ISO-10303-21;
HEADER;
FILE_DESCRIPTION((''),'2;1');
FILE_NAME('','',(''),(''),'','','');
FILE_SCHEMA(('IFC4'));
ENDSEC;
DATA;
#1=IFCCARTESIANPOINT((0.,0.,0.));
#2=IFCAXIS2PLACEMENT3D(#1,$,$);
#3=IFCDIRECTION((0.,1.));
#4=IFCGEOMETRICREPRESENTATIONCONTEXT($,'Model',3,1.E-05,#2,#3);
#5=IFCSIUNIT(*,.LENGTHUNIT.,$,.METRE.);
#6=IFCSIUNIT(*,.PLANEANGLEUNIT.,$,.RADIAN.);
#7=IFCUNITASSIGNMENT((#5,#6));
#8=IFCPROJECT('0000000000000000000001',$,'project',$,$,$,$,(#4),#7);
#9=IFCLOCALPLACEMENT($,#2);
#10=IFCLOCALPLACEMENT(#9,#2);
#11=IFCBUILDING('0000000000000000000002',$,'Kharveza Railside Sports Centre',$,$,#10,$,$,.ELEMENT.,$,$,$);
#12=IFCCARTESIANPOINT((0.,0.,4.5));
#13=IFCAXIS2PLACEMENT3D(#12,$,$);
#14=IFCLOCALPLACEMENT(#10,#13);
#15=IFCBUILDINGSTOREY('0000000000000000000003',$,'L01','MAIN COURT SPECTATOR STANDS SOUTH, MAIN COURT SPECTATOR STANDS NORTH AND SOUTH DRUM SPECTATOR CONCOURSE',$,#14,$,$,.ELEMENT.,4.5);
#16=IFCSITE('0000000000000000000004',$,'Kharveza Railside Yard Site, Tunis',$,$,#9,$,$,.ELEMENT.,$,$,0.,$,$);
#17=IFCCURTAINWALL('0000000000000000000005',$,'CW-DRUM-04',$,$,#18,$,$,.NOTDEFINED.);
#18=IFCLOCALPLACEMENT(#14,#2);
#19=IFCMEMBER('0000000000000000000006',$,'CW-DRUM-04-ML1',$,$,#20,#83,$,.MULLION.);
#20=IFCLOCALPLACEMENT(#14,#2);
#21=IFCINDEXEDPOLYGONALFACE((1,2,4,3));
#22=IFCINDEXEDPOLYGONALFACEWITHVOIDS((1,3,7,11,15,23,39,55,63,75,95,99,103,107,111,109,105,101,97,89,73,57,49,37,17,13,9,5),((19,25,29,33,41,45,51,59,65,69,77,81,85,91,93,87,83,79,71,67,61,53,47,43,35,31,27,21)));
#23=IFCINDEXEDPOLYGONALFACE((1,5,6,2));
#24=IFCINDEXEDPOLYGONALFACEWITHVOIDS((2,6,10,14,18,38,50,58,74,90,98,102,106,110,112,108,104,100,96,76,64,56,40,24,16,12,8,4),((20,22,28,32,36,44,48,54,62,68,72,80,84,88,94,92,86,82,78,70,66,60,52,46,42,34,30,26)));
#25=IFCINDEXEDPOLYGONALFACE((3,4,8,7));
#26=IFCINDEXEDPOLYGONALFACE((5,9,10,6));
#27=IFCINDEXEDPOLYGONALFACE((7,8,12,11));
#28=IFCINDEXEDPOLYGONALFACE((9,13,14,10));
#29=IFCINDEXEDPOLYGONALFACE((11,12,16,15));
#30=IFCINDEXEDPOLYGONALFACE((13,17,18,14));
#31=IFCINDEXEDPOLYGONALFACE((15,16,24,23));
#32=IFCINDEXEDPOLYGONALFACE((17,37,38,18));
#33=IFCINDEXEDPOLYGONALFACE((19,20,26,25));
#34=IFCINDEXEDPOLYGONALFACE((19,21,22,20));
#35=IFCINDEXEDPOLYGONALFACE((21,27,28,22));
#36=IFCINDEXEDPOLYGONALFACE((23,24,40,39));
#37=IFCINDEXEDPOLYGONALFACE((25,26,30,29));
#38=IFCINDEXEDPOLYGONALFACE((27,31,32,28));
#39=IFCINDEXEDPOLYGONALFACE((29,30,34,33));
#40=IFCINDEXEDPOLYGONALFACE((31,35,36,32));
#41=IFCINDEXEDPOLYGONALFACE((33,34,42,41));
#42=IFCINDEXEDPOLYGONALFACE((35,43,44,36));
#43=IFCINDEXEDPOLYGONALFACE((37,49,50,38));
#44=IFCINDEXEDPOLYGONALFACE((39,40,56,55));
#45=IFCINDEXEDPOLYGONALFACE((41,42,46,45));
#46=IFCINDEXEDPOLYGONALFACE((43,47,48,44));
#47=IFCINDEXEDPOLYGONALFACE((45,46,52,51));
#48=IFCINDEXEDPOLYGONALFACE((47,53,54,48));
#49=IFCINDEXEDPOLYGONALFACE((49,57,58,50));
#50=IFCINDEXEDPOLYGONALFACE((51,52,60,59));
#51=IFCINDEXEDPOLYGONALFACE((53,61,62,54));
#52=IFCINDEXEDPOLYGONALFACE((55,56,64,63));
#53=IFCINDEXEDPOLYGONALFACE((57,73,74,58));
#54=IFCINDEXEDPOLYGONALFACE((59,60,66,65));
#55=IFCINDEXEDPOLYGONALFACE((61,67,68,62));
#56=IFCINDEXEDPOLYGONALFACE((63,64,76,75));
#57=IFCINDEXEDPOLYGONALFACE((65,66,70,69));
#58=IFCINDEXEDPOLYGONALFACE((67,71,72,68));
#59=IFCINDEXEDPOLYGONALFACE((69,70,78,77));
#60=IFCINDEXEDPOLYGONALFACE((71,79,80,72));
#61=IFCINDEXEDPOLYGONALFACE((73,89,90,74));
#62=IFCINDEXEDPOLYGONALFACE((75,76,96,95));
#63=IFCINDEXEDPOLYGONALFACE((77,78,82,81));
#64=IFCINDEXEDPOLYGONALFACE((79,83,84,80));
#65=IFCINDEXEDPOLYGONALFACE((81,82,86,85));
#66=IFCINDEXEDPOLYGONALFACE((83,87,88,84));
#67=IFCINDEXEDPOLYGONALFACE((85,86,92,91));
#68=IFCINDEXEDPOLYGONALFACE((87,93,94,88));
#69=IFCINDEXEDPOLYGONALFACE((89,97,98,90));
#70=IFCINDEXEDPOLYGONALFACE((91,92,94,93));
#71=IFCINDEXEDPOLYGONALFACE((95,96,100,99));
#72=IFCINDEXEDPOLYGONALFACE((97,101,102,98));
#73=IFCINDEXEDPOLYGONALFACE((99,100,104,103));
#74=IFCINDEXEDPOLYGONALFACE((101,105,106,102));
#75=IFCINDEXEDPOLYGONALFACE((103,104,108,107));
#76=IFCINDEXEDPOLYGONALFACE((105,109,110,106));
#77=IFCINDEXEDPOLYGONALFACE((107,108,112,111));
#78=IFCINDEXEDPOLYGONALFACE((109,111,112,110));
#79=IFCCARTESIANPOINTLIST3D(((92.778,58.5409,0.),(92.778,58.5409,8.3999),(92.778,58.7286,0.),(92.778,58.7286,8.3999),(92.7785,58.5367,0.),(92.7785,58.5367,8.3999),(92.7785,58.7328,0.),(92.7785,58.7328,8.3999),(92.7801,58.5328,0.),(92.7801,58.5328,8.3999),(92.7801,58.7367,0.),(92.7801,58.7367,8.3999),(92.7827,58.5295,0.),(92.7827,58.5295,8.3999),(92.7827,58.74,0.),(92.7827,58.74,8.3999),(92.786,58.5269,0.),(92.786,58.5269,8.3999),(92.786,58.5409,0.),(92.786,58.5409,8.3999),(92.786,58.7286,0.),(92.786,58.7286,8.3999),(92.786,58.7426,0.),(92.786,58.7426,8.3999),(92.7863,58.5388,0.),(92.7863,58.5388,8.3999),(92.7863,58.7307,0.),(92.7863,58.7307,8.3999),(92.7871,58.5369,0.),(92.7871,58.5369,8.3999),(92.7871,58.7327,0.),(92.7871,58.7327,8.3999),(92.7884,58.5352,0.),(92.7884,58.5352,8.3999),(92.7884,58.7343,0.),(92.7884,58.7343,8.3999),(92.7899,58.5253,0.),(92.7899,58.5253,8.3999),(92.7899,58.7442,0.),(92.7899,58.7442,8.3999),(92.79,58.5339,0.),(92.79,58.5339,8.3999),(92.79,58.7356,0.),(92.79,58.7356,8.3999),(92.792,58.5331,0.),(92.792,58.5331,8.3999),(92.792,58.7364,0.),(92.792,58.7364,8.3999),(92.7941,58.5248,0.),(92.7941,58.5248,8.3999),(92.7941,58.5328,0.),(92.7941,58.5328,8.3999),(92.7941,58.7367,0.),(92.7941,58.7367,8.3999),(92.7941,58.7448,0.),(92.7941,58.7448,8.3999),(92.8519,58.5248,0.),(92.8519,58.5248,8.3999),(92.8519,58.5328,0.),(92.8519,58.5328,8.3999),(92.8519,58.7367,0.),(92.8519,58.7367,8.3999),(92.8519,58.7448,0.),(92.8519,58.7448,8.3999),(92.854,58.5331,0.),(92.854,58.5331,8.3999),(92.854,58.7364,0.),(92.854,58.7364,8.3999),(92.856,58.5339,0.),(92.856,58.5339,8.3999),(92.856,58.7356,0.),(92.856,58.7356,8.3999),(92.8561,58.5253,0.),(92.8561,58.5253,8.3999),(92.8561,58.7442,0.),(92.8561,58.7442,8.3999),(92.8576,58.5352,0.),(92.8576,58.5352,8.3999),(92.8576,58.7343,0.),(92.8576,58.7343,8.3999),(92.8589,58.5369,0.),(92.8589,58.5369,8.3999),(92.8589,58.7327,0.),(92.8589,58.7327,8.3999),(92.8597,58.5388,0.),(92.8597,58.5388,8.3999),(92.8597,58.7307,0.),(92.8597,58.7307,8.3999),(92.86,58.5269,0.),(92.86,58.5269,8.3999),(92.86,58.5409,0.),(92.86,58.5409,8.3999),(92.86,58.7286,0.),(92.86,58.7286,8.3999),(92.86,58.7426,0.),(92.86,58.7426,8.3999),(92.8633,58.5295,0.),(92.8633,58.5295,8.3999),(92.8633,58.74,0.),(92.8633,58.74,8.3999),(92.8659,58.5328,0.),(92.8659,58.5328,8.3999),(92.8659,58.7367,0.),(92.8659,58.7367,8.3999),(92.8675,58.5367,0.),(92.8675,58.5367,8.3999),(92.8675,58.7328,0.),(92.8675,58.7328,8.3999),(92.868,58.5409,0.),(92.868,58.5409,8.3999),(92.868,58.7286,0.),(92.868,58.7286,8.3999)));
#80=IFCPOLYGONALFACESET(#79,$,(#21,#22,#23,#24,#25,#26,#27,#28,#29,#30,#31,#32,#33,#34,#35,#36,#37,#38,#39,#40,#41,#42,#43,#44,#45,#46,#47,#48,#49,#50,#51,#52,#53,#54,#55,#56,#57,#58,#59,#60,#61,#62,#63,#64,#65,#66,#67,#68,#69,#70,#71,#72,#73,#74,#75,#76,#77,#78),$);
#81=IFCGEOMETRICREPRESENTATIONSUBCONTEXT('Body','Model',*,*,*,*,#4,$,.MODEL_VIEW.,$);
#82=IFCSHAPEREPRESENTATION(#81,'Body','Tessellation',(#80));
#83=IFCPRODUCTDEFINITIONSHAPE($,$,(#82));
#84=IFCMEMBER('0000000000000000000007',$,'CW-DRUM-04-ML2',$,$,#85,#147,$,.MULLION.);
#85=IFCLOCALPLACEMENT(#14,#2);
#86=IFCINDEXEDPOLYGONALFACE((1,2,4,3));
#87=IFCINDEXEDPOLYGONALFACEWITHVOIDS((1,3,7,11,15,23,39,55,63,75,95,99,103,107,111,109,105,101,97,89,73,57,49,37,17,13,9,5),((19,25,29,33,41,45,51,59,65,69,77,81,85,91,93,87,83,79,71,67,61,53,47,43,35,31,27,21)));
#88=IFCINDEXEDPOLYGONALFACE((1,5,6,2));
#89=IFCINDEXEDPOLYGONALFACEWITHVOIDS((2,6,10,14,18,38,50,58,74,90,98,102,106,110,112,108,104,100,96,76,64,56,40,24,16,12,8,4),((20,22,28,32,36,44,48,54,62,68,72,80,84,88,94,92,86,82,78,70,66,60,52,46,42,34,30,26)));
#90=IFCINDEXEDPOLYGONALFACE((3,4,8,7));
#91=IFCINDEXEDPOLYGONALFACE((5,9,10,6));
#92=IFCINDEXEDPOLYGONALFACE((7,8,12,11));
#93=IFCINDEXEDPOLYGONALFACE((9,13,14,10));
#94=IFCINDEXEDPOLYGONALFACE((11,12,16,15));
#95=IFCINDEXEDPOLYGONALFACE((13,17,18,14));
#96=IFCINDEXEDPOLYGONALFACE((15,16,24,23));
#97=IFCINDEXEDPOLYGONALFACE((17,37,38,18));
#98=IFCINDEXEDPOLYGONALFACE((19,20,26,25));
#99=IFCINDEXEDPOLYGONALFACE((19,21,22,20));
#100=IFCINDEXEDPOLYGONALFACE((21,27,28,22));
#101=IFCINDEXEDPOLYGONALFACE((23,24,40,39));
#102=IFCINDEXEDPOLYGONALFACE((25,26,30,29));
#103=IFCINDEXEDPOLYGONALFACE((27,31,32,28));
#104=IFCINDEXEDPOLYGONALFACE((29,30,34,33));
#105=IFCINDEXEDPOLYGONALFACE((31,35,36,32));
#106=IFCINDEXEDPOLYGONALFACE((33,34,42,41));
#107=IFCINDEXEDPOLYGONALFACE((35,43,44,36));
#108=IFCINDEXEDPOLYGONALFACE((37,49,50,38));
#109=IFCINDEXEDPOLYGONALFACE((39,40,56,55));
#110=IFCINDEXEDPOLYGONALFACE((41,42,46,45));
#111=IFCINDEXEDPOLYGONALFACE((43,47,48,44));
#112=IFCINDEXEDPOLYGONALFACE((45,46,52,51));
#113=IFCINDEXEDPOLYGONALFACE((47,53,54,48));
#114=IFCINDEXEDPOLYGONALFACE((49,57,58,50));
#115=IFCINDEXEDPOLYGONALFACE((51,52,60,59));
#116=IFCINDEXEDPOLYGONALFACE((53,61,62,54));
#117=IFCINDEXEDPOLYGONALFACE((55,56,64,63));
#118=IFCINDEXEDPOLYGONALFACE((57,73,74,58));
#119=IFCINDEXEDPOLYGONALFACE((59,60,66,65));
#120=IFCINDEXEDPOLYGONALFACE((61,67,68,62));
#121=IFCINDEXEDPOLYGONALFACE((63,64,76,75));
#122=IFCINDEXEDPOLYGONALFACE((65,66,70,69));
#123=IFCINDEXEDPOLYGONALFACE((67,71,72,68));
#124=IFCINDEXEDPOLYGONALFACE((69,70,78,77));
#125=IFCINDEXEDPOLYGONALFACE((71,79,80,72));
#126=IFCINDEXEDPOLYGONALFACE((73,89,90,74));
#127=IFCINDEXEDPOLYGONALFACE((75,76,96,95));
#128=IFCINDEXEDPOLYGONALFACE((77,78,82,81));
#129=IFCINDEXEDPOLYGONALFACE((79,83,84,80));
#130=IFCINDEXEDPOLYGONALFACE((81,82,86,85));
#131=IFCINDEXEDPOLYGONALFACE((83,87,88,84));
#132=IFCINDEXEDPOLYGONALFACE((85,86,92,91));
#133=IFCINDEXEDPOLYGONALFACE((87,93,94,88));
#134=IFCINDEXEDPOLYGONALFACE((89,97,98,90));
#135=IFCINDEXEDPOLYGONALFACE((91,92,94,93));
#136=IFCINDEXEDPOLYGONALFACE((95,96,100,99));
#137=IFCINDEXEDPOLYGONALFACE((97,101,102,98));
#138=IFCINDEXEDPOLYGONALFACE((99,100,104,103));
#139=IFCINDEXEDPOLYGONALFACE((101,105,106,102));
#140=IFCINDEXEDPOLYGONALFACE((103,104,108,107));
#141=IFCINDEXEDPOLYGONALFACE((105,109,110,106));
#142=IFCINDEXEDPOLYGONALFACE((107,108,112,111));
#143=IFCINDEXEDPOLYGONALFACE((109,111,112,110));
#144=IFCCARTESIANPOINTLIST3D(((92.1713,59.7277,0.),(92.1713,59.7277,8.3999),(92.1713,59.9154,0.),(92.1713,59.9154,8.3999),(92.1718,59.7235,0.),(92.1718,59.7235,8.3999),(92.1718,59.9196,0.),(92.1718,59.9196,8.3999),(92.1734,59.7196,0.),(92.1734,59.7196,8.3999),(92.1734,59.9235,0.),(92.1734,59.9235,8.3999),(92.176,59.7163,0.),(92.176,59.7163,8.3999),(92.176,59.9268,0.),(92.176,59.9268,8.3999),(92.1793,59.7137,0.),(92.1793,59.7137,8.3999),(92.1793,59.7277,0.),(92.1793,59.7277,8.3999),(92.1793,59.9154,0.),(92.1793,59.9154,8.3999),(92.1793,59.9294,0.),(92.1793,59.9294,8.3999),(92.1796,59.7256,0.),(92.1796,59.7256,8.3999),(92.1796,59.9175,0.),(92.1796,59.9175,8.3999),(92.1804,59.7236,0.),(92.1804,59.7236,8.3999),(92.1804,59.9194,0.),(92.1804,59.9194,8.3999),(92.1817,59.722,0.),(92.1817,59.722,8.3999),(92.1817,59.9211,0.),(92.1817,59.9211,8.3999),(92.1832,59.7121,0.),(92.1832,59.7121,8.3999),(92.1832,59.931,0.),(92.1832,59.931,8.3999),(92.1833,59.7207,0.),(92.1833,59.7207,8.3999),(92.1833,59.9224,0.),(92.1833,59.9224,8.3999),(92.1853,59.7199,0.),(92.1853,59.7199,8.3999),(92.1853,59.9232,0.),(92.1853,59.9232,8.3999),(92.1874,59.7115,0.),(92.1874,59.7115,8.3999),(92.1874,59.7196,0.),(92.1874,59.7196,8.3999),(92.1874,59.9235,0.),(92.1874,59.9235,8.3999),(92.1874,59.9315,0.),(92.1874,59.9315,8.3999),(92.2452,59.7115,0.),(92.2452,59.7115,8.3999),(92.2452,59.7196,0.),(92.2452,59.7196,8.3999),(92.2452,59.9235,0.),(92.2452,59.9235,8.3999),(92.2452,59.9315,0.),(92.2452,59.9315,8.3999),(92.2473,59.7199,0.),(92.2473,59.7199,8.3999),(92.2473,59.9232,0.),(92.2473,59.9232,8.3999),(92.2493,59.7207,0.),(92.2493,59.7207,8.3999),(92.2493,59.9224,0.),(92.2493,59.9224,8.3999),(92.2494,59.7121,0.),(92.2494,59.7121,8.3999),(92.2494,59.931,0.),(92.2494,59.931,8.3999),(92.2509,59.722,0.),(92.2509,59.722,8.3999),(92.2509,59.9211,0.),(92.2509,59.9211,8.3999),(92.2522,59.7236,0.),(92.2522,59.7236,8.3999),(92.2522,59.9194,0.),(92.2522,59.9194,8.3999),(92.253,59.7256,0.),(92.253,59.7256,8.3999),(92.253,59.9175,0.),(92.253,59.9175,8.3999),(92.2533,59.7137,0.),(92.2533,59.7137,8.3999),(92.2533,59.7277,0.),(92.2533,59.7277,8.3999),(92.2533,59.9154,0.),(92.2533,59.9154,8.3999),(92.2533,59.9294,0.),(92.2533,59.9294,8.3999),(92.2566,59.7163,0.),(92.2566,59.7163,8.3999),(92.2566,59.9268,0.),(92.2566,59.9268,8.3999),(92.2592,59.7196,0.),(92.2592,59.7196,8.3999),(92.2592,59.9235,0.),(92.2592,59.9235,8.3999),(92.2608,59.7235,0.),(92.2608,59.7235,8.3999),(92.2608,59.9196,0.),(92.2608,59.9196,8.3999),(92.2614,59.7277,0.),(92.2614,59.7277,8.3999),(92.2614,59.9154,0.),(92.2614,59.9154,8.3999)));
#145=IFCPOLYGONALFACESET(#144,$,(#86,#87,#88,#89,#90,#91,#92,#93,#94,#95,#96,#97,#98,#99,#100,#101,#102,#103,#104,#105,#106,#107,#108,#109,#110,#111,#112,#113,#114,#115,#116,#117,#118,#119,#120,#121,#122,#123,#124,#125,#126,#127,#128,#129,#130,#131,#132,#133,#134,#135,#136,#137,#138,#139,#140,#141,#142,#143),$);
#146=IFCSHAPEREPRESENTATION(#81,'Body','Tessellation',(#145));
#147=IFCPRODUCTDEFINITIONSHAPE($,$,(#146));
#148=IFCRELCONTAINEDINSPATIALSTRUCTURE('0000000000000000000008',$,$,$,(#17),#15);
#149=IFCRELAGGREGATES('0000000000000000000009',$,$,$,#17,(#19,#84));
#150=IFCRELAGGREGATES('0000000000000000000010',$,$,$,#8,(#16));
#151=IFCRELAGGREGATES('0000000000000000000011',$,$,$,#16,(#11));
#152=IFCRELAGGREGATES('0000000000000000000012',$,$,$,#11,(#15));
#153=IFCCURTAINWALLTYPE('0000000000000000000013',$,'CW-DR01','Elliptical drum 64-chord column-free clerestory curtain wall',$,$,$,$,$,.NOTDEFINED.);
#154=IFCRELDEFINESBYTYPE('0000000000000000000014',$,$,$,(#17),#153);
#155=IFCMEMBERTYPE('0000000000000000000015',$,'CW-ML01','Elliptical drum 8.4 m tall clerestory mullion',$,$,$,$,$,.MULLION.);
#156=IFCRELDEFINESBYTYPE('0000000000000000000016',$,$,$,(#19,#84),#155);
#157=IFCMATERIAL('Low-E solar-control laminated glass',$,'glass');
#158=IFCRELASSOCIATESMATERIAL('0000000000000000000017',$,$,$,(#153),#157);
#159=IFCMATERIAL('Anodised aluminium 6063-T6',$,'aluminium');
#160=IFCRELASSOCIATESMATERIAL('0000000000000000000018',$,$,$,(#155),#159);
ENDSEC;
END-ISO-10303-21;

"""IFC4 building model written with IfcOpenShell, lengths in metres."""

from ifc_helpers import new_model, si_unit, direction, frame, origin, origin_2d, place, context, subcontext, project, spatial, hollow_rectangle, extrude, material, material_profile, profile_set, type_object, element, aggregate, save


model = new_model("IFC4")

# Units and contexts
model_context = context("Model", 3, precision=1e-05, world=origin(), true_north=direction((0.0, 1.0)))
body_context = subcontext(model_context, "Body", "Model", "MODEL_VIEW")
ifc_project = project(units=[si_unit("LENGTHUNIT", "METRE"), si_unit("PLANEANGLEUNIT", "RADIAN")], contexts=[model_context])

# Site, building, storey
site_placement = place(None, origin())
site = spatial("IfcSite", under=ifc_project, at=site_placement, Name="Kharveza Railside Yard Site, Tunis", CompositionType="ELEMENT", RefElevation=0.0)
building_placement = place(site_placement, origin())
building = spatial("IfcBuilding", under=site, at=building_placement, Name="Kharveza Railside Sports Centre", CompositionType="ELEMENT")
storey_placement = place(building_placement, frame((0.0, 0.0, 4.5)))
storey = spatial("IfcBuildingStorey", under=building, at=storey_placement, Name="L01", Description="MAIN COURT SPECTATOR STANDS SOUTH, MAIN COURT SPECTATOR STANDS NORTH AND SOUTH DRUM SPECTATOR CONCOURSE", CompositionType="ELEMENT", Elevation=4.5)

# Curtain wall, members
ifc_material_1 = material(Name="Low-E solar-control laminated glass", Category="glass")
curtain_wall_type = type_object("IfcCurtainWallType", Name="CW-DR01", Description="Elliptical drum 64-chord column-free clerestory curtain wall", PredefinedType="NOTDEFINED", material=ifc_material_1)
ifc_material_2 = material(Name="Anodised aluminium 6063-T6", Category="aluminium")
ifc_material_profile_1 = material_profile(ifc_material_2, hollow_rectangle(XDim=0.0901, YDim=0.22, WallThickness=0.0081, InnerFilletRadius=0.0081, OuterFilletRadius=0.0161, at=origin_2d()), Name="RHS 90x220x8.0")
ifc_profile_set_1 = profile_set([ifc_material_profile_1], Name="Anodised aluminium 6063-T6")
member_type_1 = type_object("IfcMemberType", Name="CW-ML01", Description="Elliptical drum 8.4 m tall clerestory mullion", PredefinedType="MULLION", material=ifc_profile_set_1)
curtain_wall_1_placement = place(storey_placement, origin())
curtain_wall_1 = element("IfcCurtainWall", 1, at=curtain_wall_1_placement, inside=storey, type_object=curtain_wall_type, Name="CW-DRUM-04", PredefinedType="NOTDEFINED")
member_1_placement = place(storey_placement, frame((92.823, 58.6348, 0.0), z_axis=(0.0, 0.0, 1.0), x_axis=(1.0, 0.0, 0.0)))
member_1 = element("IfcMember", 2, at=member_1_placement, type_object=member_type_1, Name="CW-DRUM-04-ML1", PredefinedType="MULLION", context=body_context, shape_type="SweptSolid", body=[
    extrude(hollow_rectangle(XDim=0.0901, YDim=0.22, WallThickness=0.0081, InnerFilletRadius=0.0081, OuterFilletRadius=0.0161, at=origin_2d()), origin(), (0.0, 0.0, 1.0), 8.3999),
])
member_2_placement = place(storey_placement, frame((92.2163, 59.8215, 0.0), z_axis=(0.0, 0.0, 1.0), x_axis=(1.0, 0.0, 0.0)))
member_2 = element("IfcMember", 3, at=member_2_placement, type_object=member_type_1, Name="CW-DRUM-04-ML2", PredefinedType="MULLION", context=body_context, shape_type="SweptSolid", body=[
    extrude(hollow_rectangle(XDim=0.0901, YDim=0.22, WallThickness=0.0081, InnerFilletRadius=0.0081, OuterFilletRadius=0.0161, at=origin_2d()), origin(), (0.0, 0.0, 1.0), 8.3999),
])

aggregate(curtain_wall_1, [member_1, member_2])

save(model, "model.ifc")
